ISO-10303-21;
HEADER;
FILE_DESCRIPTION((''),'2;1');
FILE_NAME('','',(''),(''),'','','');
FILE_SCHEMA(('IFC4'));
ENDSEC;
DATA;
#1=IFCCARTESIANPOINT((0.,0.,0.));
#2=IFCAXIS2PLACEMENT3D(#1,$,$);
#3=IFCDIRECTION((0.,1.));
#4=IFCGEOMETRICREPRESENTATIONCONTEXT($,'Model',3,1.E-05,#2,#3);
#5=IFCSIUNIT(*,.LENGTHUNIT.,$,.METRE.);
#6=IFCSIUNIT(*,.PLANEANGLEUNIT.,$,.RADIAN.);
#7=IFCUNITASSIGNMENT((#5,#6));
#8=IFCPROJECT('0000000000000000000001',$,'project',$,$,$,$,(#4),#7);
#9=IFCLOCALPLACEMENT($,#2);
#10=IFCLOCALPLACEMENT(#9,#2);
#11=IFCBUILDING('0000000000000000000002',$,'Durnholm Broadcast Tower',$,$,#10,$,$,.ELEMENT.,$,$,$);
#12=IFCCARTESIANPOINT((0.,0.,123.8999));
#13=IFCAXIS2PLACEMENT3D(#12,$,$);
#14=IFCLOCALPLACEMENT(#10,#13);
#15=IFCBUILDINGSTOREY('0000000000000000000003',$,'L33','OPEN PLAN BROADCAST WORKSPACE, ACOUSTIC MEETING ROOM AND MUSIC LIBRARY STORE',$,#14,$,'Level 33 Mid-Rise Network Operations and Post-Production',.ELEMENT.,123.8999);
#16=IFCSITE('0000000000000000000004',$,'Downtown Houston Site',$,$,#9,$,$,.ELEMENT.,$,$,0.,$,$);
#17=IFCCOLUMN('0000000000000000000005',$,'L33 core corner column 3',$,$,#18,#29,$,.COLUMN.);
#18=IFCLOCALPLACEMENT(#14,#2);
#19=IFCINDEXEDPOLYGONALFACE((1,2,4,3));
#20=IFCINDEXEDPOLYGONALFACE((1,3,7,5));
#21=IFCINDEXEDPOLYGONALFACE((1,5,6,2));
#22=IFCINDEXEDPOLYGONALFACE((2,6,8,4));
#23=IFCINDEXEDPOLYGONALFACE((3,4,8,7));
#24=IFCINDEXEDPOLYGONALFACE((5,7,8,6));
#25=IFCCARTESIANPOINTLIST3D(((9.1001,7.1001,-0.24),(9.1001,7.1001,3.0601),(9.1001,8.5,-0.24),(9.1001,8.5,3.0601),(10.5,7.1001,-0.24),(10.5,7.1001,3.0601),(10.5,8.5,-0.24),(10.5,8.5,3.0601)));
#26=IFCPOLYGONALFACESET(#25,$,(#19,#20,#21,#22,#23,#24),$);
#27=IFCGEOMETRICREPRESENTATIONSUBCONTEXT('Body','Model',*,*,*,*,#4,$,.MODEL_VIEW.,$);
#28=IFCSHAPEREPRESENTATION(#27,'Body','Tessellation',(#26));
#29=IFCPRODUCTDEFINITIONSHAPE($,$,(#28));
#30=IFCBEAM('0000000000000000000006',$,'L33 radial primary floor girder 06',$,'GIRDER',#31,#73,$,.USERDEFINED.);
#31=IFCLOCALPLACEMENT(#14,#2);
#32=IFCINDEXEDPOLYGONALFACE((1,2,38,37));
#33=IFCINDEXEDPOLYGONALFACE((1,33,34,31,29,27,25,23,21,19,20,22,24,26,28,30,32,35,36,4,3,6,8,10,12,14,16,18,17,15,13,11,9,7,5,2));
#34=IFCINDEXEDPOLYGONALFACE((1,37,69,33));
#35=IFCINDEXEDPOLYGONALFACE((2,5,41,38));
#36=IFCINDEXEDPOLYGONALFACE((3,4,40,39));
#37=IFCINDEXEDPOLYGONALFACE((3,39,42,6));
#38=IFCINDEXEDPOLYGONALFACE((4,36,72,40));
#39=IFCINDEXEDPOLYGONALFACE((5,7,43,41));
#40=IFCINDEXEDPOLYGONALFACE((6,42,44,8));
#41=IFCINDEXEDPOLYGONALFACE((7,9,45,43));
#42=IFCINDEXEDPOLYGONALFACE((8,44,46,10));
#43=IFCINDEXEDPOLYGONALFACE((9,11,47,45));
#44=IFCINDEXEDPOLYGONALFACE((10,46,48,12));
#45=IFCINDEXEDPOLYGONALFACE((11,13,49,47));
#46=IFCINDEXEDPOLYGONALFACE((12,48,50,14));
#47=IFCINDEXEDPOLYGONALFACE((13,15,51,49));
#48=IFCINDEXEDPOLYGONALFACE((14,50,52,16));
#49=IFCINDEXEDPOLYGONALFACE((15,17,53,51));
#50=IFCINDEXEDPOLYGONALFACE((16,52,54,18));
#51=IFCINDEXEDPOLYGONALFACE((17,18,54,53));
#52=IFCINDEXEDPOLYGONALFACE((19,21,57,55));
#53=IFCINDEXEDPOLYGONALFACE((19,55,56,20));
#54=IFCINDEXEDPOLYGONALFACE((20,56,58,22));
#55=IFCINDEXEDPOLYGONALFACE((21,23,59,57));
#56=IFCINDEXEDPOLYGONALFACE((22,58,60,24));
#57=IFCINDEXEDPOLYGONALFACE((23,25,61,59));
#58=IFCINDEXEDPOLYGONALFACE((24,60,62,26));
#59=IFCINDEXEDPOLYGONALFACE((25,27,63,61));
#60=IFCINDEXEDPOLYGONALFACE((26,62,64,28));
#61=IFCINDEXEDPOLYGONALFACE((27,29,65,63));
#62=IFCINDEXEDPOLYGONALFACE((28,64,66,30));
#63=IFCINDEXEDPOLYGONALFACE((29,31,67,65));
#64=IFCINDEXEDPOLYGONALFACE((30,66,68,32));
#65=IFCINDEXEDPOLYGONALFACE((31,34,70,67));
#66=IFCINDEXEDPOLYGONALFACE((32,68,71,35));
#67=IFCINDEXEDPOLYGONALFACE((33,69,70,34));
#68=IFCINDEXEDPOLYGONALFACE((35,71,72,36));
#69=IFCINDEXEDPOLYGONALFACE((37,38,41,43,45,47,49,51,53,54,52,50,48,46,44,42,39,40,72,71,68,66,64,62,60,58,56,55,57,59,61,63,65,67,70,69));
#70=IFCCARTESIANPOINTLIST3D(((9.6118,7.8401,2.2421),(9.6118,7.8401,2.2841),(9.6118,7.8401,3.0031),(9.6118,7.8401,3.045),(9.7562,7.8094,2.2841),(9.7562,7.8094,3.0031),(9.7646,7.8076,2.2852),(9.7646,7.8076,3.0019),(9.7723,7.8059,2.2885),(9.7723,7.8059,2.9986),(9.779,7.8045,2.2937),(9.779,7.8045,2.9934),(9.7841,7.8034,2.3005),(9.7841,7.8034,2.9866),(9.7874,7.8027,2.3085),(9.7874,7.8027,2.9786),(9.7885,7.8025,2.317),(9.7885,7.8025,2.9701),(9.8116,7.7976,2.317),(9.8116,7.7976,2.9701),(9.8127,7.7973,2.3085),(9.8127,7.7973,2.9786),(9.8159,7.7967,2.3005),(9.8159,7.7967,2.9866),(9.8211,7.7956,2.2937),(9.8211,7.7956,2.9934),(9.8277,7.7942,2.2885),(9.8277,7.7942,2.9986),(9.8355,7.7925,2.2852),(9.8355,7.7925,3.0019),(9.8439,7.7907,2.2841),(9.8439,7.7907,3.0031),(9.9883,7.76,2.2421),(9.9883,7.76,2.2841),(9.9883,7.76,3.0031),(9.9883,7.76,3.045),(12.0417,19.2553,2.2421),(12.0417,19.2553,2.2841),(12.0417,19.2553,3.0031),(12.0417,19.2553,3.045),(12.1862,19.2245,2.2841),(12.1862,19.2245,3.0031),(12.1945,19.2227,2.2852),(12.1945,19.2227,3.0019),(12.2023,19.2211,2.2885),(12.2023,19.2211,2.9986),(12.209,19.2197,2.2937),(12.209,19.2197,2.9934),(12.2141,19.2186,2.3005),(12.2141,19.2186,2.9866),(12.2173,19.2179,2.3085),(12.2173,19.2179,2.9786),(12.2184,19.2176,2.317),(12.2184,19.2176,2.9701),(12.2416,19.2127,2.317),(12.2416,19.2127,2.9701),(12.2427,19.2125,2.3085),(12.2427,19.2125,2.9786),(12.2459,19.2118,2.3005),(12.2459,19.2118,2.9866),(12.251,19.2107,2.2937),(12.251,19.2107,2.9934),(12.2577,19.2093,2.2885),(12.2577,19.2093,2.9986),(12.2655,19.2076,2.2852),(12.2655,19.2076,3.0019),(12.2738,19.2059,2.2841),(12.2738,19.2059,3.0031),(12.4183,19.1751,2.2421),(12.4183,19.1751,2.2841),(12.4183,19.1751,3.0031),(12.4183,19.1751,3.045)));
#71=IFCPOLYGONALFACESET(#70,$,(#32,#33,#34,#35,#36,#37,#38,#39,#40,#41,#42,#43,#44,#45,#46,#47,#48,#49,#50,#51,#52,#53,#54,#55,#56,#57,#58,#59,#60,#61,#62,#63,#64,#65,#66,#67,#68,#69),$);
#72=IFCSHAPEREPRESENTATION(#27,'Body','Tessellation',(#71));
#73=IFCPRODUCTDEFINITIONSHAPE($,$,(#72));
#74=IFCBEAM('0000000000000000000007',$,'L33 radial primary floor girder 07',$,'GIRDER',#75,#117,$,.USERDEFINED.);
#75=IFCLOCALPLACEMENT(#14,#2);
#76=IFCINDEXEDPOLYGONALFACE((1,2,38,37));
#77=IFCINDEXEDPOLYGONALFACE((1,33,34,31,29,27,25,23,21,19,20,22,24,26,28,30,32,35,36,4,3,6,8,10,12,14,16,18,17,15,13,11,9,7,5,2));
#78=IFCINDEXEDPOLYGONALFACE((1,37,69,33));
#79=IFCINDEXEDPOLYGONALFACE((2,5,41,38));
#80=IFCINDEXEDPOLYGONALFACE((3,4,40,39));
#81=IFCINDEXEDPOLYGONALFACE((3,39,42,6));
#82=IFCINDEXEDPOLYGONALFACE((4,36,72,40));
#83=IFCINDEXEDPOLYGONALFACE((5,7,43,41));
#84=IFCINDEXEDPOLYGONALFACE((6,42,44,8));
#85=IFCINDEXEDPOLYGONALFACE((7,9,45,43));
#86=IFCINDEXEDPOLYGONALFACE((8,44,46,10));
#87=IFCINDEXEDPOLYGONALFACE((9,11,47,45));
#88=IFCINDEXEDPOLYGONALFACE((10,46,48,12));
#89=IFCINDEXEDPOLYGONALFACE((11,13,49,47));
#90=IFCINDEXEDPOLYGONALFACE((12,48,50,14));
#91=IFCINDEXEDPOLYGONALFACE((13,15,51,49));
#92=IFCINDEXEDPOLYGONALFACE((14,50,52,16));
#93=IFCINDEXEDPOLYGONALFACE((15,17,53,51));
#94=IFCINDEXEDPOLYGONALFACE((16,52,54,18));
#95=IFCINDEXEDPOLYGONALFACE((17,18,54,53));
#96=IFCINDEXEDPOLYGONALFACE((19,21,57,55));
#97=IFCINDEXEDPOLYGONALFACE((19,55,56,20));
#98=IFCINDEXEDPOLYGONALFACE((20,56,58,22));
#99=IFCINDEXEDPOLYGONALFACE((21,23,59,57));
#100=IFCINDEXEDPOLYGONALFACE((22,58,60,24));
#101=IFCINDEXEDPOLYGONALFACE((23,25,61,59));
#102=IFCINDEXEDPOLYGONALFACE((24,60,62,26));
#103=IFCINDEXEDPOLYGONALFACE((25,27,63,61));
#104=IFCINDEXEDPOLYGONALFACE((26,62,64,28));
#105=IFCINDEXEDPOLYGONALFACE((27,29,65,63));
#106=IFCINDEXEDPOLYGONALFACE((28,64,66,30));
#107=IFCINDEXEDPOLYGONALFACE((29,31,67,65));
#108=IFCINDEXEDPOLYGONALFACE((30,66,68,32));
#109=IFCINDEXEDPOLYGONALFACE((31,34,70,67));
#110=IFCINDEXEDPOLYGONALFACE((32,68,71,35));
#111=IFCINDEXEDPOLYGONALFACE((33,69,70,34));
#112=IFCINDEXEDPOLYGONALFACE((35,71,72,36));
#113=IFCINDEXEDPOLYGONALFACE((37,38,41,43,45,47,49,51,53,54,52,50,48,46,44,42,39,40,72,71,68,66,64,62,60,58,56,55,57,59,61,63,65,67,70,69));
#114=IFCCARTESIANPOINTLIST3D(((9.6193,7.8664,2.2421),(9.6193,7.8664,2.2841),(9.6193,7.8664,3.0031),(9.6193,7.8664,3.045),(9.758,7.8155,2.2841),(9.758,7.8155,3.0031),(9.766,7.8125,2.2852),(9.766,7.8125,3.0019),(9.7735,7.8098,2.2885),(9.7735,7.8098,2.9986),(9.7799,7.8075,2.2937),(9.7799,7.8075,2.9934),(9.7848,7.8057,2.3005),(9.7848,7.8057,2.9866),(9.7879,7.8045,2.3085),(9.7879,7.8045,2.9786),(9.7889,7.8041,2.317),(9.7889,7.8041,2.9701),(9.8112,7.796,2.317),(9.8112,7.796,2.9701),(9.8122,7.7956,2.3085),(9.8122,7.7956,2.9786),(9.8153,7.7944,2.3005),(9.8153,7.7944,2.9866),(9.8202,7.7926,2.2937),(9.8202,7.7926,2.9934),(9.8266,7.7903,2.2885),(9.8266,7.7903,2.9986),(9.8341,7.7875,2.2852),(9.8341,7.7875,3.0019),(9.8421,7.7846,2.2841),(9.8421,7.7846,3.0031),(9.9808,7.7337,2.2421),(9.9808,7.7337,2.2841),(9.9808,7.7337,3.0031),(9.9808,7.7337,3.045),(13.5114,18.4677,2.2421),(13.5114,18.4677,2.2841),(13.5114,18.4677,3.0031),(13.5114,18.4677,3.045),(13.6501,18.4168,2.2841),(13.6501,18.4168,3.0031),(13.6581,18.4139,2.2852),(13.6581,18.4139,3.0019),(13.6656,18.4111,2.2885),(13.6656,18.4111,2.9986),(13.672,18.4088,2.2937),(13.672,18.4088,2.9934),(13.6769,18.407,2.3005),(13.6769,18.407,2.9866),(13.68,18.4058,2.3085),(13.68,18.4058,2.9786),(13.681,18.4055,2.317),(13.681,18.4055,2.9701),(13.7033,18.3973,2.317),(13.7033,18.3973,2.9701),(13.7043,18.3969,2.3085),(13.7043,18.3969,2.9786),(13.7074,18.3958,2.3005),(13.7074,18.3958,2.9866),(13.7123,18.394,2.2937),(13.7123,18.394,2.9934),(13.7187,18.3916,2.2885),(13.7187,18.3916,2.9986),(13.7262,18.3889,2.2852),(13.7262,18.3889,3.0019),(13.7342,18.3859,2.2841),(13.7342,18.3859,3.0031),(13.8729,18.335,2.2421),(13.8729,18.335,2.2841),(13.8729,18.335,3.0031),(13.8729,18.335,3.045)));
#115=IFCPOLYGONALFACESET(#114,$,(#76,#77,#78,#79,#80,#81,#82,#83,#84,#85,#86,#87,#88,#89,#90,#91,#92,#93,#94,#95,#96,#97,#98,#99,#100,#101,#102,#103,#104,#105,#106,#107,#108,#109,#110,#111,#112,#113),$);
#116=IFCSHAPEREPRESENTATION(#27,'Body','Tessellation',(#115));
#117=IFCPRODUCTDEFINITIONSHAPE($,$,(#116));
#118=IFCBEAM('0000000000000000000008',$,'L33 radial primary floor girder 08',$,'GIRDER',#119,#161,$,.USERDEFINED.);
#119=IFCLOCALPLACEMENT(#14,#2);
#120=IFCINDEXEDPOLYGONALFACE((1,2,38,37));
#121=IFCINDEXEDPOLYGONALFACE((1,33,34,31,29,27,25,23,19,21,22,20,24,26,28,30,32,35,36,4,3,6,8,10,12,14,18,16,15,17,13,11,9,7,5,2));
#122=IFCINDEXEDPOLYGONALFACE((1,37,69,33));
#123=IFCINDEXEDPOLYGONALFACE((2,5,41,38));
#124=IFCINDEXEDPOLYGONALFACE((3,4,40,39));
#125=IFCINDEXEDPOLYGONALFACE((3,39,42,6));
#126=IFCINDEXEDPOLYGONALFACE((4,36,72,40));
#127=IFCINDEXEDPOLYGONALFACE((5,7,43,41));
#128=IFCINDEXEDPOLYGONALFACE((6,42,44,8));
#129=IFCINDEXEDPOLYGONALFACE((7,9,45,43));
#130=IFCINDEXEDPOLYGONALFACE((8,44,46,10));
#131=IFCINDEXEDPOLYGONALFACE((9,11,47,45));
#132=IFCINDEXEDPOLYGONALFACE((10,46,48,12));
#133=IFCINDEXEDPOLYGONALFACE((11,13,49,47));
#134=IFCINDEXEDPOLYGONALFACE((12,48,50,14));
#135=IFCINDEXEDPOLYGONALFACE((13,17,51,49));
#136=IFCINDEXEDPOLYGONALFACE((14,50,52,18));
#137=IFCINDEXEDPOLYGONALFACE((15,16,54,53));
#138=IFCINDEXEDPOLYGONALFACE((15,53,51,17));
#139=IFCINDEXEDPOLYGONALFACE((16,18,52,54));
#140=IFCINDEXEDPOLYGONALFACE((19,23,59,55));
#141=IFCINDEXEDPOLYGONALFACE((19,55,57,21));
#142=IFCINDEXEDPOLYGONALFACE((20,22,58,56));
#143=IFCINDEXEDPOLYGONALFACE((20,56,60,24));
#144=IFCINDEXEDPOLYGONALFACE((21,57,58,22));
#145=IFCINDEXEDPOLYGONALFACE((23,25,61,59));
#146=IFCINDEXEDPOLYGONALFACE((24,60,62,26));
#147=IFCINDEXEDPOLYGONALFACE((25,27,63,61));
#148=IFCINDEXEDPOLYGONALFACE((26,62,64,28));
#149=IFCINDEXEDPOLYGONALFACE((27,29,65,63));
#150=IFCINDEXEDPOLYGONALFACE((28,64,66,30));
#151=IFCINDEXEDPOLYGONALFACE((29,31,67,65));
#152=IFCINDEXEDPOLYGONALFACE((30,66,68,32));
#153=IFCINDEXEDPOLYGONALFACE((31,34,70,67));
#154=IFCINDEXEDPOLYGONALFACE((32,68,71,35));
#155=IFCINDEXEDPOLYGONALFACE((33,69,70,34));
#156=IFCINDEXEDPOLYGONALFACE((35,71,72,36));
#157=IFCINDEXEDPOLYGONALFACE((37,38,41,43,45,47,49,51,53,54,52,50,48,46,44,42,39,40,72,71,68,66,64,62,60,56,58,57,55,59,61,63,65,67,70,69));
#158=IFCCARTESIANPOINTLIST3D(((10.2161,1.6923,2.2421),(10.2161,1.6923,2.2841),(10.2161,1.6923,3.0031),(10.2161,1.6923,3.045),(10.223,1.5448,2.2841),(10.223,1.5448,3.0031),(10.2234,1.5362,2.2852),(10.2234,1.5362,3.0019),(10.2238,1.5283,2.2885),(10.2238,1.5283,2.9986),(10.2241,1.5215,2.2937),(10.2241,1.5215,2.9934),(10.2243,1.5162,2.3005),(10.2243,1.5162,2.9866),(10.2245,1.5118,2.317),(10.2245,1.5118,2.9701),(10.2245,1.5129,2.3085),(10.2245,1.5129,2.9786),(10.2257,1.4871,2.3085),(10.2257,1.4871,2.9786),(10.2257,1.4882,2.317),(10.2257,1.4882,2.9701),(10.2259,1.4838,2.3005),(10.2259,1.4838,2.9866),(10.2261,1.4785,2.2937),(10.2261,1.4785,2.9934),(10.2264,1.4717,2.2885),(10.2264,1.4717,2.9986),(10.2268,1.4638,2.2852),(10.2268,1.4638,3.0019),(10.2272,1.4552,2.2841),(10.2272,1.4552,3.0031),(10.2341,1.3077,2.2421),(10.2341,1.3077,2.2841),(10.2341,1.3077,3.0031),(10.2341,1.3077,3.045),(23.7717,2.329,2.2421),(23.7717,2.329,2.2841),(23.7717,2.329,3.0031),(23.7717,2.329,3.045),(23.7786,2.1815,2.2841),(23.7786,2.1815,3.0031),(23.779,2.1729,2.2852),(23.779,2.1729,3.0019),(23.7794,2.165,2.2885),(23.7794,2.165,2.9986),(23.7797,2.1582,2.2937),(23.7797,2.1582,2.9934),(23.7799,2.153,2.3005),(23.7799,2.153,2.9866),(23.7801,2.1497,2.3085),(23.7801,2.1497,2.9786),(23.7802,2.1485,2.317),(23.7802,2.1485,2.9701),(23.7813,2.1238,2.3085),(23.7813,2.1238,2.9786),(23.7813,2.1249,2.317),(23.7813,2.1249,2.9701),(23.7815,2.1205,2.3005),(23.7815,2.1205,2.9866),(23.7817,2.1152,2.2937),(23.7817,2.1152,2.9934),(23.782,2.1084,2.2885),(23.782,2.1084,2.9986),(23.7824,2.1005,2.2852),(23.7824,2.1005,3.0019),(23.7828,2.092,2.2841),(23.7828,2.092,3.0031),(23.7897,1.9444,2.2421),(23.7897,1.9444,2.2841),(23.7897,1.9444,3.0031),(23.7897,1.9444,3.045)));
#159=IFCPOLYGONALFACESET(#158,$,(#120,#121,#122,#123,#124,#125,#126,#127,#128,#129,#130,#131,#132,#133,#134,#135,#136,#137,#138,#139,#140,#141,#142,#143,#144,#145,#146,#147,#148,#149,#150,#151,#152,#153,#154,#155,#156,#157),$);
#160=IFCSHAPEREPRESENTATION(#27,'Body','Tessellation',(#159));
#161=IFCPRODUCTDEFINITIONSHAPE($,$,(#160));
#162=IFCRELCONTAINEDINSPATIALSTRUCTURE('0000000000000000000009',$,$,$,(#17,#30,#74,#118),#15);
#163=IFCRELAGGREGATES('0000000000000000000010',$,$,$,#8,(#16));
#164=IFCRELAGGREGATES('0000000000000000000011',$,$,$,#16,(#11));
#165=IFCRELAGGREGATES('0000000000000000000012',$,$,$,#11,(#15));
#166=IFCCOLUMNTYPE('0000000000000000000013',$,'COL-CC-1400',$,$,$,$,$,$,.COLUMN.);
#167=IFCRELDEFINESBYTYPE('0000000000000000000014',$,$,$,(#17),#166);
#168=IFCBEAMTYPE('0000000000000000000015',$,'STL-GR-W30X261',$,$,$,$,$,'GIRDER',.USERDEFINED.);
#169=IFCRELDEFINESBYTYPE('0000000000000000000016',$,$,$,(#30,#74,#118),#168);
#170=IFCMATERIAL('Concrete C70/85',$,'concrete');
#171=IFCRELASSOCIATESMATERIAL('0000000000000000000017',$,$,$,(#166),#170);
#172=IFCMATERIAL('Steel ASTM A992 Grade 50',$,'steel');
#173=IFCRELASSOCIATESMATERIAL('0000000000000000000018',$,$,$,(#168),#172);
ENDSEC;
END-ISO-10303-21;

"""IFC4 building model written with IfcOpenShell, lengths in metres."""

from ifc_helpers import new_model, si_unit, direction, frame, origin, origin_2d, place, context, subcontext, project, spatial, rectangle, i_section, extrude, source, transform, mapped, material, material_profile, profile_set, type_object, type_shapes, element, save


model = new_model("IFC4")

# Units and contexts
model_context = context("Model", 3, precision=1e-05, world=origin(), true_north=direction((0.0, 1.0)))
body_context = subcontext(model_context, "Body", "Model", "MODEL_VIEW")
ifc_project = project(units=[si_unit("LENGTHUNIT", "METRE"), si_unit("PLANEANGLEUNIT", "RADIAN")], contexts=[model_context])

# Site, building, storey
site_placement = place(None, origin())
site = spatial("IfcSite", under=ifc_project, at=site_placement, Name="Downtown Houston Site", CompositionType="ELEMENT", RefElevation=0.0)
building_placement = place(site_placement, origin())
building = spatial("IfcBuilding", under=site, at=building_placement, Name="Durnholm Broadcast Tower", CompositionType="ELEMENT")
storey_placement = place(building_placement, frame((0.0, 0.0, 123.8999)))
storey = spatial("IfcBuildingStorey", under=building, at=storey_placement, Name="L33", Description="OPEN PLAN BROADCAST WORKSPACE, ACOUSTIC MEETING ROOM AND MUSIC LIBRARY STORE", LongName="Level 33 Mid-Rise Network Operations and Post-Production", CompositionType="ELEMENT", Elevation=123.8999)

# Column
ifc_material_1 = material(Name="Concrete C70/85", Category="concrete")
ifc_material_profile_1 = material_profile(ifc_material_1, rectangle(XDim=1.3999, YDim=1.3999, at=origin_2d()), Name="RC1400X1400")
ifc_profile_set_1 = profile_set([ifc_material_profile_1], Name="Concrete C70/85")
column_type = type_object("IfcColumnType", Name="COL-CC-1400", PredefinedType="COLUMN", material=ifc_profile_set_1)
shared_shape_1 = source(origin(), body_context, "Body", "SweptSolid", [
    extrude(rectangle(XDim=1.3999, YDim=1.3999, at=origin_2d()), origin(), (0.0, 0.0, 1.0), 3.3),
])
type_shapes(column_type, [shared_shape_1])
column_placement = place(storey_placement, frame((9.8, 7.8, -0.24), z_axis=(0.0, 0.0, 1.0), x_axis=(1.0, 0.0, 0.0)))
element("IfcColumn", 1, at=column_placement, inside=storey, type_object=column_type, Name="L33 core corner column 3", PredefinedType="COLUMN", context=body_context, shape_type="MappedRepresentation", body=[
    mapped(shared_shape_1, transform((0.0, 0.0, 0.0), x_axis=(1.0, 0.0, 0.0), y_axis=(0.0, 1.0, 0.0), z_axis=(0.0, 0.0, 1.0), scale=1.0)),
])

# Beams
ifc_material_2 = material(Name="Steel ASTM A992 Grade 50", Category="steel")
ifc_material_profile_2 = material_profile(ifc_material_2, i_section(OverallWidth=0.385, OverallDepth=0.803, WebThickness=0.0237, FlangeThickness=0.042, FilletRadius=0.033, at=origin_2d()), Name="W30X261")
ifc_profile_set_2 = profile_set([ifc_material_profile_2], Name="Steel ASTM A992 Grade 50")
beam_type_1 = type_object("IfcBeamType", Name="STL-GR-W30X261", ElementType="GIRDER", PredefinedType="USERDEFINED", material=ifc_profile_set_2)
shared_shape_2 = source(origin(), body_context, "Body", "SweptSolid", [
    extrude(i_section(OverallWidth=0.385, OverallDepth=0.803, WebThickness=0.0237, FlangeThickness=0.042, FilletRadius=0.033, at=origin_2d()), origin(), (0.0, 0.0, 1.0), 11.6709),
])
beam_1_placement = place(storey_placement, frame((9.8, 7.8, 2.6436), z_axis=(0.208206, 0.978085, 0.0), x_axis=(-0.978085, 0.208206, 0.0)))
element("IfcBeam", 2, at=beam_1_placement, inside=storey, type_object=beam_type_1, Name="L33 radial primary floor girder 06", ObjectType="GIRDER", PredefinedType="USERDEFINED", context=body_context, shape_type="MappedRepresentation", body=[
    mapped(shared_shape_2, transform((0.0, 0.0, 0.0), x_axis=(1.0, 0.0, 0.0), y_axis=(0.0, 1.0, 0.0), z_axis=(0.0, 0.0, 1.0), scale=1.0)),
])
shared_shape_3 = source(origin(), body_context, "Body", "SweptSolid", [
    extrude(i_section(OverallWidth=0.385, OverallDepth=0.803, WebThickness=0.0237, FlangeThickness=0.042, FilletRadius=0.033, at=origin_2d()), origin(), (0.0, 0.0, 1.0), 11.2932),
])
beam_2_placement = place(storey_placement, frame((9.8, 7.8, 2.6436), z_axis=(0.34464, 0.938735, 0.0), x_axis=(-0.938735, 0.34464, 0.0)))
element("IfcBeam", 3, at=beam_2_placement, inside=storey, type_object=beam_type_1, Name="L33 radial primary floor girder 07", ObjectType="GIRDER", PredefinedType="USERDEFINED", context=body_context, shape_type="MappedRepresentation", body=[
    mapped(shared_shape_3, transform((0.0, 0.0, 0.0), x_axis=(1.0, 0.0, 0.0), y_axis=(0.0, 1.0, 0.0), z_axis=(0.0, 0.0, 1.0), scale=1.0)),
])
shared_shape_4 = source(origin(), body_context, "Body", "SweptSolid", [
    extrude(i_section(OverallWidth=0.385, OverallDepth=0.803, WebThickness=0.0237, FlangeThickness=0.042, FilletRadius=0.033, at=origin_2d()), origin(), (0.0, 0.0, 1.0), 13.5706),
])
beam_3_placement = place(storey_placement, frame((10.2251, 1.5, 2.6436), z_axis=(0.998899, 0.046919, 0.0), x_axis=(-0.046919, 0.998899, 0.0)))
element("IfcBeam", 4, at=beam_3_placement, inside=storey, type_object=beam_type_1, Name="L33 radial primary floor girder 08", ObjectType="GIRDER", PredefinedType="USERDEFINED", context=body_context, shape_type="MappedRepresentation", body=[
    mapped(shared_shape_4, transform((0.0, 0.0, 0.0), x_axis=(1.0, 0.0, 0.0), y_axis=(0.0, 1.0, 0.0), z_axis=(0.0, 0.0, 1.0), scale=1.0)),
])

save(model, "model.ifc")
